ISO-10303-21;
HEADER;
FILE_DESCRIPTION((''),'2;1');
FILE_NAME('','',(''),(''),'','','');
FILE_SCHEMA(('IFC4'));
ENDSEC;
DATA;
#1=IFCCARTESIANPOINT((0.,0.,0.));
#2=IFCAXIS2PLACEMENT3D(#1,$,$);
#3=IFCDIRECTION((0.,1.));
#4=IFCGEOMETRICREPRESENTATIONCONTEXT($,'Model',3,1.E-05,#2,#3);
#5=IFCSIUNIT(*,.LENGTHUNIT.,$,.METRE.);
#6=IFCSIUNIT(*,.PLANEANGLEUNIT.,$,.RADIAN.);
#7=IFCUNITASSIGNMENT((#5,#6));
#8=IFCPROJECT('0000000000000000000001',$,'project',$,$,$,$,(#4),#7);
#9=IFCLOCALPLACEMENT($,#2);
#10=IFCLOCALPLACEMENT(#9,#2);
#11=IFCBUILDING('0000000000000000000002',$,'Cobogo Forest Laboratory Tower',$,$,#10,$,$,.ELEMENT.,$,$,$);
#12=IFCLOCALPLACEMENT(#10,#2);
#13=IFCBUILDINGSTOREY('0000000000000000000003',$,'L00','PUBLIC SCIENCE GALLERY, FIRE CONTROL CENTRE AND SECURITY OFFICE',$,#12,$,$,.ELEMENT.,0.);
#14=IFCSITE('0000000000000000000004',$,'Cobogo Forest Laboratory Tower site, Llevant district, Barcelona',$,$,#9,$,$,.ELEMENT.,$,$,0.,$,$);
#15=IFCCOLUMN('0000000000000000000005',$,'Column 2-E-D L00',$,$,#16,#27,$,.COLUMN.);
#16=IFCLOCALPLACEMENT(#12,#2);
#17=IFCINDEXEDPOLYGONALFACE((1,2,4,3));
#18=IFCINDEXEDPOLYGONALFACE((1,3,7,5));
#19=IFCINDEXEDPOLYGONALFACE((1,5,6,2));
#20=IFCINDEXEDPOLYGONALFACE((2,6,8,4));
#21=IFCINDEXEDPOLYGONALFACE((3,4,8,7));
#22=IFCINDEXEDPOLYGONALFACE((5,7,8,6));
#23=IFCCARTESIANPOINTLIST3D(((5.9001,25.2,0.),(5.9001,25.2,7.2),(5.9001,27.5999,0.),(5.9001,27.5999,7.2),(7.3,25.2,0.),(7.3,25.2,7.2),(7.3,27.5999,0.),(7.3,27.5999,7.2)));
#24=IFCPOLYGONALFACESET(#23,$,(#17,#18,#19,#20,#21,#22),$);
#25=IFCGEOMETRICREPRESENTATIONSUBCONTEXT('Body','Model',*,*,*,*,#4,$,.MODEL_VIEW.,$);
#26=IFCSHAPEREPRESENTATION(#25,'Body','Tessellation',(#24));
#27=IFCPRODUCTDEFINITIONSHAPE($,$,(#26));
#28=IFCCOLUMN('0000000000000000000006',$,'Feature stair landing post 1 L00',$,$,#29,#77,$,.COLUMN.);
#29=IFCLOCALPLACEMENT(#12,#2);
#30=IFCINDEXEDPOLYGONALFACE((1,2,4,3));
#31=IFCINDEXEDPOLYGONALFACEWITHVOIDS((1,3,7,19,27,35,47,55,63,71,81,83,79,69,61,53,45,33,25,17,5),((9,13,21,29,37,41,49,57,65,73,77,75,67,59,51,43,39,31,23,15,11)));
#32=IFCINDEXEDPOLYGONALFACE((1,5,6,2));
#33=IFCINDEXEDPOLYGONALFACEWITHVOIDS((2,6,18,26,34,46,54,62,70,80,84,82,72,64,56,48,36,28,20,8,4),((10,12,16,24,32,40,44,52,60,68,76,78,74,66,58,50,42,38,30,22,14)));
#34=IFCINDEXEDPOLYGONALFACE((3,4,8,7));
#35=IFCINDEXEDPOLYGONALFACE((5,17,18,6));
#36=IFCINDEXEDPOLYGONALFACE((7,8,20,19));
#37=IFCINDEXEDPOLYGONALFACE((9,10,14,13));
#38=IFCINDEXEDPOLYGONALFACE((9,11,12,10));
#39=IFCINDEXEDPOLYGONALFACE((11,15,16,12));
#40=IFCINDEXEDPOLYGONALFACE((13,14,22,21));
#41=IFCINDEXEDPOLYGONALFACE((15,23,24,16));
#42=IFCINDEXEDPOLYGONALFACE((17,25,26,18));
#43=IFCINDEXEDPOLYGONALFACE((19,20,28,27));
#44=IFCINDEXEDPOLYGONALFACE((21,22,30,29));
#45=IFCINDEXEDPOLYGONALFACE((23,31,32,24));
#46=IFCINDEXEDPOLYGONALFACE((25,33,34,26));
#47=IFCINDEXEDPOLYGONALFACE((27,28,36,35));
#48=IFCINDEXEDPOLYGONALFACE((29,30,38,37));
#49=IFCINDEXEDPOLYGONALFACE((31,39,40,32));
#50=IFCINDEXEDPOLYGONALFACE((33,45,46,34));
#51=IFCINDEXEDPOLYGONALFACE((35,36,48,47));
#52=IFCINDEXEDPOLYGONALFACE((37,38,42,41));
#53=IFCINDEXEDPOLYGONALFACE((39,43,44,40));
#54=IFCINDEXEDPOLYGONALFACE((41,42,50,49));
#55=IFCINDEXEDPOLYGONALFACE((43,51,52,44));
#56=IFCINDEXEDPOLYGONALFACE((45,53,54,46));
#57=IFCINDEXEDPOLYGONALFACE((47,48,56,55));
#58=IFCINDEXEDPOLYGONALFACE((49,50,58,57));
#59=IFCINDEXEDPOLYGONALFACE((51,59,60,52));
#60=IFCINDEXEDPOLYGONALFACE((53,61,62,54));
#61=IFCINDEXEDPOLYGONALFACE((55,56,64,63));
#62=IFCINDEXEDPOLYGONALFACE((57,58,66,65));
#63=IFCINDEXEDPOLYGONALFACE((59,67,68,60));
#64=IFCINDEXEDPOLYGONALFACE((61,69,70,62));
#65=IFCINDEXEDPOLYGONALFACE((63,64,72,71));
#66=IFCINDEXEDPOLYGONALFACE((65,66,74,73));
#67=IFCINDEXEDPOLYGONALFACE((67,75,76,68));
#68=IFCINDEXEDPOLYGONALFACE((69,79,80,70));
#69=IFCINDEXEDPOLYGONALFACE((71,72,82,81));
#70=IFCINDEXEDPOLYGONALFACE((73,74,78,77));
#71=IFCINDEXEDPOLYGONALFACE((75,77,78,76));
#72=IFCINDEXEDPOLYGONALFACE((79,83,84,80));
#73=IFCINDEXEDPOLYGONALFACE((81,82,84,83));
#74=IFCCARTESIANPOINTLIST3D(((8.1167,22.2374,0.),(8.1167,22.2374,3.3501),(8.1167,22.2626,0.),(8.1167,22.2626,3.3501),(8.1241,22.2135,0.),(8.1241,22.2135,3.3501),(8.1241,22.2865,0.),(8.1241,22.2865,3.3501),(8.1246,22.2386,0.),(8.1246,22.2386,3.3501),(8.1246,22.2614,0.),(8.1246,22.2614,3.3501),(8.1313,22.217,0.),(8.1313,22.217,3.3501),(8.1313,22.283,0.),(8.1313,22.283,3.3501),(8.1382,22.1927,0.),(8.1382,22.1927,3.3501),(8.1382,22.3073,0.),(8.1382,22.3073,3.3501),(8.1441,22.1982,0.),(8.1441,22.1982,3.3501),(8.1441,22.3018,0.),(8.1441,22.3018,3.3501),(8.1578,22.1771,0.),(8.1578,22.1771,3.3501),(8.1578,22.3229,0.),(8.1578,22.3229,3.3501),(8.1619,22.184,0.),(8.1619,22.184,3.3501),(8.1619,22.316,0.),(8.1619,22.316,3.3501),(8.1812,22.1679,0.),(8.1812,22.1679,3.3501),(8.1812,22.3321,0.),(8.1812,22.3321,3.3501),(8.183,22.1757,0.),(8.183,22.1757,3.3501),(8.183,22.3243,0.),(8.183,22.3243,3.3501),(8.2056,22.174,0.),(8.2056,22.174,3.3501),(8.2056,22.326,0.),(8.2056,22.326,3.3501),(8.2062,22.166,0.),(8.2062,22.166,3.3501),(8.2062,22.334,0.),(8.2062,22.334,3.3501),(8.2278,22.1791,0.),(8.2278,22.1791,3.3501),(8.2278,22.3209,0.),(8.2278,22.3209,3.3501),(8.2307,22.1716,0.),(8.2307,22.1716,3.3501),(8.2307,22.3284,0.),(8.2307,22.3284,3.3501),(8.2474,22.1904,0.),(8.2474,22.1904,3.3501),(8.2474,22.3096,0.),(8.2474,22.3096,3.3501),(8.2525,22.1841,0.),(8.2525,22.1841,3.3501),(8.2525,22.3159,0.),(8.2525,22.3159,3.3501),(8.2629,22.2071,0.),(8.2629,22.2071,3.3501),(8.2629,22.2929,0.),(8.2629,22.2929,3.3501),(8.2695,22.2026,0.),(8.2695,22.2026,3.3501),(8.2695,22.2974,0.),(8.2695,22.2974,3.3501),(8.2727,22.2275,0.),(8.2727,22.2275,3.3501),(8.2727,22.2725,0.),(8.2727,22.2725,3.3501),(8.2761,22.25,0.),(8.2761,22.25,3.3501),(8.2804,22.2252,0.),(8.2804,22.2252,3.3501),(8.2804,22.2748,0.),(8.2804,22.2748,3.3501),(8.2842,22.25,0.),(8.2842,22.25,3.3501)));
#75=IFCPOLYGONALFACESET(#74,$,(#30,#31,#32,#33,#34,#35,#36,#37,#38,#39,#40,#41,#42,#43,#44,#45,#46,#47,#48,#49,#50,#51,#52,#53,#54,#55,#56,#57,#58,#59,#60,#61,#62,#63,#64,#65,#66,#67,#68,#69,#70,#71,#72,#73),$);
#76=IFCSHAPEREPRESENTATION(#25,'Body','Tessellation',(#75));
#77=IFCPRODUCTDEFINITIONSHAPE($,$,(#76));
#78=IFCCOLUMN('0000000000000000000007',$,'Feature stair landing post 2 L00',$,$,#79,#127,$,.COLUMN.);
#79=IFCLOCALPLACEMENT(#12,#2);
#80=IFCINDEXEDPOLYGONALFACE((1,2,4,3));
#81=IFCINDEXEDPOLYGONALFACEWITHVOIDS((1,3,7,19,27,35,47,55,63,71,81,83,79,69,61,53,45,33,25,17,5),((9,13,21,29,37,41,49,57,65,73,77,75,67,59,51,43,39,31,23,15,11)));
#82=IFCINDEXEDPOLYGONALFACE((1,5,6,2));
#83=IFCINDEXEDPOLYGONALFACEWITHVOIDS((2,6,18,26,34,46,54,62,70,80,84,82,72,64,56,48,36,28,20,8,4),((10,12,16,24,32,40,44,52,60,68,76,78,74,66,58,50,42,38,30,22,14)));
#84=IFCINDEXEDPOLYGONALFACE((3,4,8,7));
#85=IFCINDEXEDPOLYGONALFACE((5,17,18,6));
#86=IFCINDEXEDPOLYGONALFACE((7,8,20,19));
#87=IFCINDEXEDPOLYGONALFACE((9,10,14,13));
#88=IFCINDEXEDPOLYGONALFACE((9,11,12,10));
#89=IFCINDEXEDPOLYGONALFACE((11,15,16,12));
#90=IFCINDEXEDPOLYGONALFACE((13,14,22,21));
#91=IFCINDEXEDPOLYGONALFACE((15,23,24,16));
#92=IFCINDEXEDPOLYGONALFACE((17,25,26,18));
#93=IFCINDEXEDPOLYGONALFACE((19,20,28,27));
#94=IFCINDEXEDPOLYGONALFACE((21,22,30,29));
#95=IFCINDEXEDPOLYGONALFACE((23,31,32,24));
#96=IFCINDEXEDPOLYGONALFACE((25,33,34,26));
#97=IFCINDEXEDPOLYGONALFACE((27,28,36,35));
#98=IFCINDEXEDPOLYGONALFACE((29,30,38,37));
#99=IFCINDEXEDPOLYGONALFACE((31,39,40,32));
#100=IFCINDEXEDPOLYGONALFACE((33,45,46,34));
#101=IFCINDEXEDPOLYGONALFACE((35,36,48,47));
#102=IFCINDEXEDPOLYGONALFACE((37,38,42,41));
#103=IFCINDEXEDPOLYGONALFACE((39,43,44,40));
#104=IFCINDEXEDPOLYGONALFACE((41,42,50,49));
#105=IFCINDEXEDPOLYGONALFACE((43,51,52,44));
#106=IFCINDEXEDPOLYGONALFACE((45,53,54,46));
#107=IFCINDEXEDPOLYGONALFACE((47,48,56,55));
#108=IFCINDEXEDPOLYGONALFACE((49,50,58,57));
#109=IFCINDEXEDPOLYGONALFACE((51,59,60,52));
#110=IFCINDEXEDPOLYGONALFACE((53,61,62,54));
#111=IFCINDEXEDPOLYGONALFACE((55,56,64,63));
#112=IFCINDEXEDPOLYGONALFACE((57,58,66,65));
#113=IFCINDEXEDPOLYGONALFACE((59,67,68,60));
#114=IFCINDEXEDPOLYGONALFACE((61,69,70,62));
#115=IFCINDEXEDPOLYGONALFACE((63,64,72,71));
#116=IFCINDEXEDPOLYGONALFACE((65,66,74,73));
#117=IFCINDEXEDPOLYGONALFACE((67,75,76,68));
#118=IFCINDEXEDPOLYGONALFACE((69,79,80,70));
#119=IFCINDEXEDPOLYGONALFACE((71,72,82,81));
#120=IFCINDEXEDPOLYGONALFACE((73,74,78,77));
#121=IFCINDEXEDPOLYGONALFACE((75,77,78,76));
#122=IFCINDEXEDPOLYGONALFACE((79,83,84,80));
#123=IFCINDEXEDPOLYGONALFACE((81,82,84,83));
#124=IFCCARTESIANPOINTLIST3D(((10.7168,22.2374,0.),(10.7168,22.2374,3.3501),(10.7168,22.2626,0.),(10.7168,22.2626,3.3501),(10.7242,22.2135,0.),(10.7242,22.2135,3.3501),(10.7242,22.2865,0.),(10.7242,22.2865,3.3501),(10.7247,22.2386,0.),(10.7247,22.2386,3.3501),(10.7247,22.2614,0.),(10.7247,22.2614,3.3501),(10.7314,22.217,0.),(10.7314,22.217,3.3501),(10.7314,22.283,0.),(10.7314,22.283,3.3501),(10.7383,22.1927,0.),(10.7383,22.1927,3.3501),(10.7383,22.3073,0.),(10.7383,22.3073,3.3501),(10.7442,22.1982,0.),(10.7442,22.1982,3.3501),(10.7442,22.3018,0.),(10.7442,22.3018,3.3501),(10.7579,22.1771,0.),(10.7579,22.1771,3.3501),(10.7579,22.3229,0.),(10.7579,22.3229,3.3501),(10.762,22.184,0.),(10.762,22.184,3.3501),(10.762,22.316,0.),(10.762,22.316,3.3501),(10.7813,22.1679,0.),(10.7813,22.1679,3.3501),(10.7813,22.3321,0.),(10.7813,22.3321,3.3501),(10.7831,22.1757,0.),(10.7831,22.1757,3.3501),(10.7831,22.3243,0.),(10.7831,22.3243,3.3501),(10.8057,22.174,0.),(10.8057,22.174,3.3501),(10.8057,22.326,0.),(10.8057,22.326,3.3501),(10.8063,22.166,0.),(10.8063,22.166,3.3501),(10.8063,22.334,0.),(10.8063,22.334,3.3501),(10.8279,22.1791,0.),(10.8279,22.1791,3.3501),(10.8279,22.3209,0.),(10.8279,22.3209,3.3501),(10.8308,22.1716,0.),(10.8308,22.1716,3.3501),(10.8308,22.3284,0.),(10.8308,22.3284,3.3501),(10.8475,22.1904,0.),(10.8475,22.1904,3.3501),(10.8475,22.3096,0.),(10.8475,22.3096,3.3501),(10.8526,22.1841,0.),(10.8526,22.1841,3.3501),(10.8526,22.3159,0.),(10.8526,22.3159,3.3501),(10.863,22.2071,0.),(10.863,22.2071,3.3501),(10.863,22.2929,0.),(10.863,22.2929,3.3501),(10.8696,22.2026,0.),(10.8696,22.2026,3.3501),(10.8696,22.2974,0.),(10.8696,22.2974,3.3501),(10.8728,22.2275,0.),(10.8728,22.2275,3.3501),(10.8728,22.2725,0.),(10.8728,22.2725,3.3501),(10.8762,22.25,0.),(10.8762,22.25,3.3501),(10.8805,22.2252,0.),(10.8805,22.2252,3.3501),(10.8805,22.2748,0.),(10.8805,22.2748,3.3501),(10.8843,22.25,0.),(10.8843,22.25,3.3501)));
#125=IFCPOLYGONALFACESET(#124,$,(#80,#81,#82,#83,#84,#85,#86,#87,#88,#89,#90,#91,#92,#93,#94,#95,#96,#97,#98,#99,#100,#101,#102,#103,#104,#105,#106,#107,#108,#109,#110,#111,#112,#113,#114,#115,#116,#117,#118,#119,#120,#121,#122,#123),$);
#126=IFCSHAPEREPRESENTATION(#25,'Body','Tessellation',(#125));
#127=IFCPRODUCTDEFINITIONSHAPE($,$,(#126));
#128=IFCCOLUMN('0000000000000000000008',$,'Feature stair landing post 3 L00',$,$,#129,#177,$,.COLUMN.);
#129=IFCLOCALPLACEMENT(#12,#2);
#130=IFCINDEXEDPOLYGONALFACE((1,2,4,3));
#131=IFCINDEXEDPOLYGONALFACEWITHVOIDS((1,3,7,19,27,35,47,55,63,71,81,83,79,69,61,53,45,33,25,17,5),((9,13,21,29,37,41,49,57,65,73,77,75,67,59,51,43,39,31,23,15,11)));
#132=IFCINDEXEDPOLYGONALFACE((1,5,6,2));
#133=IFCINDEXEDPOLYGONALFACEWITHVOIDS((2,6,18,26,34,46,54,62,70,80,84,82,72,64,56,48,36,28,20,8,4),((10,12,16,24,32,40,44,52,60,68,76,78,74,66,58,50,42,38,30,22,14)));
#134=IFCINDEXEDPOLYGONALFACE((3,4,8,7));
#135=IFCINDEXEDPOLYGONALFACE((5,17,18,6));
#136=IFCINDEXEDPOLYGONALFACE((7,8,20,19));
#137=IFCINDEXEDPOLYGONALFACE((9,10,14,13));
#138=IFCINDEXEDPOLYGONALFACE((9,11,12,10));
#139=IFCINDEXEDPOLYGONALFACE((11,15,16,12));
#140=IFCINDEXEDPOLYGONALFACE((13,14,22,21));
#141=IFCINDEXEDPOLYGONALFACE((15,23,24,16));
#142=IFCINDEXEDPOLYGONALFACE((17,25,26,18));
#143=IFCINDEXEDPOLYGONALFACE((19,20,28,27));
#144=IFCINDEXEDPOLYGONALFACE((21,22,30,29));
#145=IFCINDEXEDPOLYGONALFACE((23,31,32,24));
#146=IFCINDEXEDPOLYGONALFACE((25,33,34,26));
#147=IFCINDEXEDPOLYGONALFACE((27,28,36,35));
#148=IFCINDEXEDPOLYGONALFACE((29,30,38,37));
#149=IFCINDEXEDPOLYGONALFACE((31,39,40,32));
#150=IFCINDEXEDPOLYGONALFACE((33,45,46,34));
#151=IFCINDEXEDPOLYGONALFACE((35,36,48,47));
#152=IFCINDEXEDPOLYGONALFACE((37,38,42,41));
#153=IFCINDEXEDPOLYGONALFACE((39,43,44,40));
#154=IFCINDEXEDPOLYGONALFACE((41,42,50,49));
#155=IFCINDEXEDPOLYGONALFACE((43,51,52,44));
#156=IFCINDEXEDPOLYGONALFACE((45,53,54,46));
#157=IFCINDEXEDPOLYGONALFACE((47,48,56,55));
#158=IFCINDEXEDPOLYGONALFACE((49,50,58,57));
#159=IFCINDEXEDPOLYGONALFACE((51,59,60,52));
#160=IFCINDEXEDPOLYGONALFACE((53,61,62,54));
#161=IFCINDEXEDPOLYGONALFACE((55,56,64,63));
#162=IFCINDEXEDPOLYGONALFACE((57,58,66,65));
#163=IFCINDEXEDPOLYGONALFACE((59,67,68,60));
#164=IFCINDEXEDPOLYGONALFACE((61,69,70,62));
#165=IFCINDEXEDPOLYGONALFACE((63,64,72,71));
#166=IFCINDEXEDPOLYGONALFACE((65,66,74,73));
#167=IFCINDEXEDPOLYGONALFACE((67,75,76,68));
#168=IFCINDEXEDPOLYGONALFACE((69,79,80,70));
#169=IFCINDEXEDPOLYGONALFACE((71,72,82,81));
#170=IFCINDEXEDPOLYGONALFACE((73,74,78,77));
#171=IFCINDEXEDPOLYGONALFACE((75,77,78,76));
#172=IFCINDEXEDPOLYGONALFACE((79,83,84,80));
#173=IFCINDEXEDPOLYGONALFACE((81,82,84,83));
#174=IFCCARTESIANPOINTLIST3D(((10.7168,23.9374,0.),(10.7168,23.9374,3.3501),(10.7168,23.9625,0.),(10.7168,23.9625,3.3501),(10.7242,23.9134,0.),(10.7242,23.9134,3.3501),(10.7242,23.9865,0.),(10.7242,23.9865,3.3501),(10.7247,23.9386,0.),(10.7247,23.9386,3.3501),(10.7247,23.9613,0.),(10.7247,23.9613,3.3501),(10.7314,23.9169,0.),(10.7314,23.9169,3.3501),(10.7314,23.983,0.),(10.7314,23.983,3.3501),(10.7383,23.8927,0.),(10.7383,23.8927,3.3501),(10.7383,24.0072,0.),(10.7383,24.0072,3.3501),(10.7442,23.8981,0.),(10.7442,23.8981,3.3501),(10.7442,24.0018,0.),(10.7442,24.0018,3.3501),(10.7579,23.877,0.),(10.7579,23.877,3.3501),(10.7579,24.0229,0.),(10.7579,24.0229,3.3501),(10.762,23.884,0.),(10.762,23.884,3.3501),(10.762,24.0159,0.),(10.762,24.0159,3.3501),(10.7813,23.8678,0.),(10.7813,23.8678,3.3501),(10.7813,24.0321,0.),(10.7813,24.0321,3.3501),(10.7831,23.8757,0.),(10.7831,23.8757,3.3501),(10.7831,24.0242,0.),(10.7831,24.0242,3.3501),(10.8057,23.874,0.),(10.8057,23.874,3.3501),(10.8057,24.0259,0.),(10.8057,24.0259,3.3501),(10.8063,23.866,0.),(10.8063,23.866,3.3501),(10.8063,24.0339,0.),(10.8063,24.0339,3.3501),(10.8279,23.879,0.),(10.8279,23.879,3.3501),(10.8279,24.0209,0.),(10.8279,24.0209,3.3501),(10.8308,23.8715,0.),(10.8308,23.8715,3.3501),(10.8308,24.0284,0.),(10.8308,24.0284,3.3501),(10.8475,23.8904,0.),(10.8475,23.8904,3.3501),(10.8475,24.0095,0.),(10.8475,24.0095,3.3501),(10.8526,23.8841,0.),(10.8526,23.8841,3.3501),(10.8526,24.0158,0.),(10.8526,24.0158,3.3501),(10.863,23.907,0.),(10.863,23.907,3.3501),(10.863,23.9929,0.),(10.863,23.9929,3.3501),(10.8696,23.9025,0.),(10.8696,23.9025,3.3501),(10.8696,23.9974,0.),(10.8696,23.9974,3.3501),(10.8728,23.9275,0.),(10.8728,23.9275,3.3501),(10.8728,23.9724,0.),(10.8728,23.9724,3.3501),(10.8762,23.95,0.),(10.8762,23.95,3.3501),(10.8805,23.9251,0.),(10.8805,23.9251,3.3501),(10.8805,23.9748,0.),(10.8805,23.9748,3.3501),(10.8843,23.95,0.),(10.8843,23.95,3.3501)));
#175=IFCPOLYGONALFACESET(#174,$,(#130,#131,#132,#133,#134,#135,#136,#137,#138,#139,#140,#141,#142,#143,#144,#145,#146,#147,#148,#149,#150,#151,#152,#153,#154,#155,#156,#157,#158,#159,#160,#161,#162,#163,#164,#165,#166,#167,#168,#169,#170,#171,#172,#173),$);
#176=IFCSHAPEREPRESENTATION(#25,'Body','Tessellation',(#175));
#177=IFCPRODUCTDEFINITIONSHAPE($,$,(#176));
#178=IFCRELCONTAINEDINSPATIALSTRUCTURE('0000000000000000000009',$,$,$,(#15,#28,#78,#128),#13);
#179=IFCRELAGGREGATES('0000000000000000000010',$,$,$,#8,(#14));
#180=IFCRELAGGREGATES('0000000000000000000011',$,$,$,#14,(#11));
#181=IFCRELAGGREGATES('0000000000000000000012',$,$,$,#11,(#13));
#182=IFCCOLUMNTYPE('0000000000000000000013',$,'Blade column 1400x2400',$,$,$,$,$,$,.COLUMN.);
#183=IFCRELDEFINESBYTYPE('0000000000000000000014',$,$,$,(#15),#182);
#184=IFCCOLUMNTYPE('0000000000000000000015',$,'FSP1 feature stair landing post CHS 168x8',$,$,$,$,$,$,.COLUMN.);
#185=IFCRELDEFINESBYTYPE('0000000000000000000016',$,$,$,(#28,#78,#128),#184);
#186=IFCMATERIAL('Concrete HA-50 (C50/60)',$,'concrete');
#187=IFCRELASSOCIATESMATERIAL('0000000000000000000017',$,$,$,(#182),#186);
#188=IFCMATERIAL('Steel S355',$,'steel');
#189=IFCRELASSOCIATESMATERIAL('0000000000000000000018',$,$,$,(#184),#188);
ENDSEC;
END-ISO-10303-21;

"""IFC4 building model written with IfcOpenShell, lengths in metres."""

from ifc_helpers import new_model, si_unit, direction, frame, origin, origin_2d, place, context, subcontext, project, spatial, rectangle, hollow_circle, extrude, material, material_profile, profile_set, type_object, element, save


model = new_model("IFC4")

# Units and contexts
model_context = context("Model", 3, precision=1e-05, world=origin(), true_north=direction((0.0, 1.0)))
body_context = subcontext(model_context, "Body", "Model", "MODEL_VIEW")
ifc_project = project(units=[si_unit("LENGTHUNIT", "METRE"), si_unit("PLANEANGLEUNIT", "RADIAN")], contexts=[model_context])

# Site, building, storey
site_placement = place(None, origin())
site = spatial("IfcSite", under=ifc_project, at=site_placement, Name="Cobogo Forest Laboratory Tower site, Llevant district, Barcelona", CompositionType="ELEMENT", RefElevation=0.0)
building_placement = place(site_placement, origin())
building = spatial("IfcBuilding", under=site, at=building_placement, Name="Cobogo Forest Laboratory Tower", CompositionType="ELEMENT")
storey_placement = place(building_placement, origin())
storey = spatial("IfcBuildingStorey", under=building, at=storey_placement, Name="L00", Description="PUBLIC SCIENCE GALLERY, FIRE CONTROL CENTRE AND SECURITY OFFICE", CompositionType="ELEMENT", Elevation=0.0)

# Columns
ifc_material_1 = material(Name="Concrete HA-50 (C50/60)", Category="concrete")
ifc_material_profile_1 = material_profile(ifc_material_1, rectangle(XDim=2.3999, YDim=1.3999, at=origin_2d()), Name="RC 1400x2400")
ifc_profile_set_1 = profile_set([ifc_material_profile_1], Name="Concrete HA-50 (C50/60)")
column_type_1 = type_object("IfcColumnType", Name="Blade column 1400x2400", PredefinedType="COLUMN", material=ifc_profile_set_1)
column_placement = place(storey_placement, frame((6.6001, 26.3999, 0.0), z_axis=(0.0, 0.0, 1.0), x_axis=(0.0, 1.0, 0.0)))
element("IfcColumn", 1, at=column_placement, inside=storey, type_object=column_type_1, Name="Column 2-E-D L00", PredefinedType="COLUMN", context=body_context, shape_type="SweptSolid", body=[
    extrude(rectangle(XDim=2.3999, YDim=1.3999, at=origin_2d()), origin(), (0.0, 0.0, 1.0), 7.2),
])
ifc_material_2 = material(Name="Steel S355", Category="steel")
ifc_material_profile_2 = material_profile(ifc_material_2, hollow_circle(Radius=0.0842, WallThickness=0.0081, at=origin_2d()), Name="CHS 168.3x8")
ifc_profile_set_2 = profile_set([ifc_material_profile_2], Name="Steel S355")
column_type_2 = type_object("IfcColumnType", Name="FSP1 feature stair landing post CHS 168x8", PredefinedType="COLUMN", material=ifc_profile_set_2)
for number, where, z_axis, x_axis, name in (
    (2, (8.2, 22.25, 0.0), (0.0, 0.0, 1.0), (1.0, 0.0, 0.0), "Feature stair landing post 1 L00"),
    (3, (10.8, 22.25, 0.0), (0.0, 0.0, 1.0), (1.0, 0.0, 0.0), "Feature stair landing post 2 L00"),
    (4, (10.8, 23.95, 0.0), (0.0, 0.0, 1.0), (1.0, 0.0, 0.0), "Feature stair landing post 3 L00"),
):
    element("IfcColumn", number, at=place(storey_placement, frame(where, z_axis=z_axis, x_axis=x_axis)), inside=storey, type_object=column_type_2, Name=name, PredefinedType="COLUMN", context=body_context, shape_type="SweptSolid", body=[
        extrude(hollow_circle(Radius=0.0842, WallThickness=0.0081, at=origin_2d()), origin(), (0.0, 0.0, 1.0), 3.3501),
    ])

save(model, "model.ifc")
